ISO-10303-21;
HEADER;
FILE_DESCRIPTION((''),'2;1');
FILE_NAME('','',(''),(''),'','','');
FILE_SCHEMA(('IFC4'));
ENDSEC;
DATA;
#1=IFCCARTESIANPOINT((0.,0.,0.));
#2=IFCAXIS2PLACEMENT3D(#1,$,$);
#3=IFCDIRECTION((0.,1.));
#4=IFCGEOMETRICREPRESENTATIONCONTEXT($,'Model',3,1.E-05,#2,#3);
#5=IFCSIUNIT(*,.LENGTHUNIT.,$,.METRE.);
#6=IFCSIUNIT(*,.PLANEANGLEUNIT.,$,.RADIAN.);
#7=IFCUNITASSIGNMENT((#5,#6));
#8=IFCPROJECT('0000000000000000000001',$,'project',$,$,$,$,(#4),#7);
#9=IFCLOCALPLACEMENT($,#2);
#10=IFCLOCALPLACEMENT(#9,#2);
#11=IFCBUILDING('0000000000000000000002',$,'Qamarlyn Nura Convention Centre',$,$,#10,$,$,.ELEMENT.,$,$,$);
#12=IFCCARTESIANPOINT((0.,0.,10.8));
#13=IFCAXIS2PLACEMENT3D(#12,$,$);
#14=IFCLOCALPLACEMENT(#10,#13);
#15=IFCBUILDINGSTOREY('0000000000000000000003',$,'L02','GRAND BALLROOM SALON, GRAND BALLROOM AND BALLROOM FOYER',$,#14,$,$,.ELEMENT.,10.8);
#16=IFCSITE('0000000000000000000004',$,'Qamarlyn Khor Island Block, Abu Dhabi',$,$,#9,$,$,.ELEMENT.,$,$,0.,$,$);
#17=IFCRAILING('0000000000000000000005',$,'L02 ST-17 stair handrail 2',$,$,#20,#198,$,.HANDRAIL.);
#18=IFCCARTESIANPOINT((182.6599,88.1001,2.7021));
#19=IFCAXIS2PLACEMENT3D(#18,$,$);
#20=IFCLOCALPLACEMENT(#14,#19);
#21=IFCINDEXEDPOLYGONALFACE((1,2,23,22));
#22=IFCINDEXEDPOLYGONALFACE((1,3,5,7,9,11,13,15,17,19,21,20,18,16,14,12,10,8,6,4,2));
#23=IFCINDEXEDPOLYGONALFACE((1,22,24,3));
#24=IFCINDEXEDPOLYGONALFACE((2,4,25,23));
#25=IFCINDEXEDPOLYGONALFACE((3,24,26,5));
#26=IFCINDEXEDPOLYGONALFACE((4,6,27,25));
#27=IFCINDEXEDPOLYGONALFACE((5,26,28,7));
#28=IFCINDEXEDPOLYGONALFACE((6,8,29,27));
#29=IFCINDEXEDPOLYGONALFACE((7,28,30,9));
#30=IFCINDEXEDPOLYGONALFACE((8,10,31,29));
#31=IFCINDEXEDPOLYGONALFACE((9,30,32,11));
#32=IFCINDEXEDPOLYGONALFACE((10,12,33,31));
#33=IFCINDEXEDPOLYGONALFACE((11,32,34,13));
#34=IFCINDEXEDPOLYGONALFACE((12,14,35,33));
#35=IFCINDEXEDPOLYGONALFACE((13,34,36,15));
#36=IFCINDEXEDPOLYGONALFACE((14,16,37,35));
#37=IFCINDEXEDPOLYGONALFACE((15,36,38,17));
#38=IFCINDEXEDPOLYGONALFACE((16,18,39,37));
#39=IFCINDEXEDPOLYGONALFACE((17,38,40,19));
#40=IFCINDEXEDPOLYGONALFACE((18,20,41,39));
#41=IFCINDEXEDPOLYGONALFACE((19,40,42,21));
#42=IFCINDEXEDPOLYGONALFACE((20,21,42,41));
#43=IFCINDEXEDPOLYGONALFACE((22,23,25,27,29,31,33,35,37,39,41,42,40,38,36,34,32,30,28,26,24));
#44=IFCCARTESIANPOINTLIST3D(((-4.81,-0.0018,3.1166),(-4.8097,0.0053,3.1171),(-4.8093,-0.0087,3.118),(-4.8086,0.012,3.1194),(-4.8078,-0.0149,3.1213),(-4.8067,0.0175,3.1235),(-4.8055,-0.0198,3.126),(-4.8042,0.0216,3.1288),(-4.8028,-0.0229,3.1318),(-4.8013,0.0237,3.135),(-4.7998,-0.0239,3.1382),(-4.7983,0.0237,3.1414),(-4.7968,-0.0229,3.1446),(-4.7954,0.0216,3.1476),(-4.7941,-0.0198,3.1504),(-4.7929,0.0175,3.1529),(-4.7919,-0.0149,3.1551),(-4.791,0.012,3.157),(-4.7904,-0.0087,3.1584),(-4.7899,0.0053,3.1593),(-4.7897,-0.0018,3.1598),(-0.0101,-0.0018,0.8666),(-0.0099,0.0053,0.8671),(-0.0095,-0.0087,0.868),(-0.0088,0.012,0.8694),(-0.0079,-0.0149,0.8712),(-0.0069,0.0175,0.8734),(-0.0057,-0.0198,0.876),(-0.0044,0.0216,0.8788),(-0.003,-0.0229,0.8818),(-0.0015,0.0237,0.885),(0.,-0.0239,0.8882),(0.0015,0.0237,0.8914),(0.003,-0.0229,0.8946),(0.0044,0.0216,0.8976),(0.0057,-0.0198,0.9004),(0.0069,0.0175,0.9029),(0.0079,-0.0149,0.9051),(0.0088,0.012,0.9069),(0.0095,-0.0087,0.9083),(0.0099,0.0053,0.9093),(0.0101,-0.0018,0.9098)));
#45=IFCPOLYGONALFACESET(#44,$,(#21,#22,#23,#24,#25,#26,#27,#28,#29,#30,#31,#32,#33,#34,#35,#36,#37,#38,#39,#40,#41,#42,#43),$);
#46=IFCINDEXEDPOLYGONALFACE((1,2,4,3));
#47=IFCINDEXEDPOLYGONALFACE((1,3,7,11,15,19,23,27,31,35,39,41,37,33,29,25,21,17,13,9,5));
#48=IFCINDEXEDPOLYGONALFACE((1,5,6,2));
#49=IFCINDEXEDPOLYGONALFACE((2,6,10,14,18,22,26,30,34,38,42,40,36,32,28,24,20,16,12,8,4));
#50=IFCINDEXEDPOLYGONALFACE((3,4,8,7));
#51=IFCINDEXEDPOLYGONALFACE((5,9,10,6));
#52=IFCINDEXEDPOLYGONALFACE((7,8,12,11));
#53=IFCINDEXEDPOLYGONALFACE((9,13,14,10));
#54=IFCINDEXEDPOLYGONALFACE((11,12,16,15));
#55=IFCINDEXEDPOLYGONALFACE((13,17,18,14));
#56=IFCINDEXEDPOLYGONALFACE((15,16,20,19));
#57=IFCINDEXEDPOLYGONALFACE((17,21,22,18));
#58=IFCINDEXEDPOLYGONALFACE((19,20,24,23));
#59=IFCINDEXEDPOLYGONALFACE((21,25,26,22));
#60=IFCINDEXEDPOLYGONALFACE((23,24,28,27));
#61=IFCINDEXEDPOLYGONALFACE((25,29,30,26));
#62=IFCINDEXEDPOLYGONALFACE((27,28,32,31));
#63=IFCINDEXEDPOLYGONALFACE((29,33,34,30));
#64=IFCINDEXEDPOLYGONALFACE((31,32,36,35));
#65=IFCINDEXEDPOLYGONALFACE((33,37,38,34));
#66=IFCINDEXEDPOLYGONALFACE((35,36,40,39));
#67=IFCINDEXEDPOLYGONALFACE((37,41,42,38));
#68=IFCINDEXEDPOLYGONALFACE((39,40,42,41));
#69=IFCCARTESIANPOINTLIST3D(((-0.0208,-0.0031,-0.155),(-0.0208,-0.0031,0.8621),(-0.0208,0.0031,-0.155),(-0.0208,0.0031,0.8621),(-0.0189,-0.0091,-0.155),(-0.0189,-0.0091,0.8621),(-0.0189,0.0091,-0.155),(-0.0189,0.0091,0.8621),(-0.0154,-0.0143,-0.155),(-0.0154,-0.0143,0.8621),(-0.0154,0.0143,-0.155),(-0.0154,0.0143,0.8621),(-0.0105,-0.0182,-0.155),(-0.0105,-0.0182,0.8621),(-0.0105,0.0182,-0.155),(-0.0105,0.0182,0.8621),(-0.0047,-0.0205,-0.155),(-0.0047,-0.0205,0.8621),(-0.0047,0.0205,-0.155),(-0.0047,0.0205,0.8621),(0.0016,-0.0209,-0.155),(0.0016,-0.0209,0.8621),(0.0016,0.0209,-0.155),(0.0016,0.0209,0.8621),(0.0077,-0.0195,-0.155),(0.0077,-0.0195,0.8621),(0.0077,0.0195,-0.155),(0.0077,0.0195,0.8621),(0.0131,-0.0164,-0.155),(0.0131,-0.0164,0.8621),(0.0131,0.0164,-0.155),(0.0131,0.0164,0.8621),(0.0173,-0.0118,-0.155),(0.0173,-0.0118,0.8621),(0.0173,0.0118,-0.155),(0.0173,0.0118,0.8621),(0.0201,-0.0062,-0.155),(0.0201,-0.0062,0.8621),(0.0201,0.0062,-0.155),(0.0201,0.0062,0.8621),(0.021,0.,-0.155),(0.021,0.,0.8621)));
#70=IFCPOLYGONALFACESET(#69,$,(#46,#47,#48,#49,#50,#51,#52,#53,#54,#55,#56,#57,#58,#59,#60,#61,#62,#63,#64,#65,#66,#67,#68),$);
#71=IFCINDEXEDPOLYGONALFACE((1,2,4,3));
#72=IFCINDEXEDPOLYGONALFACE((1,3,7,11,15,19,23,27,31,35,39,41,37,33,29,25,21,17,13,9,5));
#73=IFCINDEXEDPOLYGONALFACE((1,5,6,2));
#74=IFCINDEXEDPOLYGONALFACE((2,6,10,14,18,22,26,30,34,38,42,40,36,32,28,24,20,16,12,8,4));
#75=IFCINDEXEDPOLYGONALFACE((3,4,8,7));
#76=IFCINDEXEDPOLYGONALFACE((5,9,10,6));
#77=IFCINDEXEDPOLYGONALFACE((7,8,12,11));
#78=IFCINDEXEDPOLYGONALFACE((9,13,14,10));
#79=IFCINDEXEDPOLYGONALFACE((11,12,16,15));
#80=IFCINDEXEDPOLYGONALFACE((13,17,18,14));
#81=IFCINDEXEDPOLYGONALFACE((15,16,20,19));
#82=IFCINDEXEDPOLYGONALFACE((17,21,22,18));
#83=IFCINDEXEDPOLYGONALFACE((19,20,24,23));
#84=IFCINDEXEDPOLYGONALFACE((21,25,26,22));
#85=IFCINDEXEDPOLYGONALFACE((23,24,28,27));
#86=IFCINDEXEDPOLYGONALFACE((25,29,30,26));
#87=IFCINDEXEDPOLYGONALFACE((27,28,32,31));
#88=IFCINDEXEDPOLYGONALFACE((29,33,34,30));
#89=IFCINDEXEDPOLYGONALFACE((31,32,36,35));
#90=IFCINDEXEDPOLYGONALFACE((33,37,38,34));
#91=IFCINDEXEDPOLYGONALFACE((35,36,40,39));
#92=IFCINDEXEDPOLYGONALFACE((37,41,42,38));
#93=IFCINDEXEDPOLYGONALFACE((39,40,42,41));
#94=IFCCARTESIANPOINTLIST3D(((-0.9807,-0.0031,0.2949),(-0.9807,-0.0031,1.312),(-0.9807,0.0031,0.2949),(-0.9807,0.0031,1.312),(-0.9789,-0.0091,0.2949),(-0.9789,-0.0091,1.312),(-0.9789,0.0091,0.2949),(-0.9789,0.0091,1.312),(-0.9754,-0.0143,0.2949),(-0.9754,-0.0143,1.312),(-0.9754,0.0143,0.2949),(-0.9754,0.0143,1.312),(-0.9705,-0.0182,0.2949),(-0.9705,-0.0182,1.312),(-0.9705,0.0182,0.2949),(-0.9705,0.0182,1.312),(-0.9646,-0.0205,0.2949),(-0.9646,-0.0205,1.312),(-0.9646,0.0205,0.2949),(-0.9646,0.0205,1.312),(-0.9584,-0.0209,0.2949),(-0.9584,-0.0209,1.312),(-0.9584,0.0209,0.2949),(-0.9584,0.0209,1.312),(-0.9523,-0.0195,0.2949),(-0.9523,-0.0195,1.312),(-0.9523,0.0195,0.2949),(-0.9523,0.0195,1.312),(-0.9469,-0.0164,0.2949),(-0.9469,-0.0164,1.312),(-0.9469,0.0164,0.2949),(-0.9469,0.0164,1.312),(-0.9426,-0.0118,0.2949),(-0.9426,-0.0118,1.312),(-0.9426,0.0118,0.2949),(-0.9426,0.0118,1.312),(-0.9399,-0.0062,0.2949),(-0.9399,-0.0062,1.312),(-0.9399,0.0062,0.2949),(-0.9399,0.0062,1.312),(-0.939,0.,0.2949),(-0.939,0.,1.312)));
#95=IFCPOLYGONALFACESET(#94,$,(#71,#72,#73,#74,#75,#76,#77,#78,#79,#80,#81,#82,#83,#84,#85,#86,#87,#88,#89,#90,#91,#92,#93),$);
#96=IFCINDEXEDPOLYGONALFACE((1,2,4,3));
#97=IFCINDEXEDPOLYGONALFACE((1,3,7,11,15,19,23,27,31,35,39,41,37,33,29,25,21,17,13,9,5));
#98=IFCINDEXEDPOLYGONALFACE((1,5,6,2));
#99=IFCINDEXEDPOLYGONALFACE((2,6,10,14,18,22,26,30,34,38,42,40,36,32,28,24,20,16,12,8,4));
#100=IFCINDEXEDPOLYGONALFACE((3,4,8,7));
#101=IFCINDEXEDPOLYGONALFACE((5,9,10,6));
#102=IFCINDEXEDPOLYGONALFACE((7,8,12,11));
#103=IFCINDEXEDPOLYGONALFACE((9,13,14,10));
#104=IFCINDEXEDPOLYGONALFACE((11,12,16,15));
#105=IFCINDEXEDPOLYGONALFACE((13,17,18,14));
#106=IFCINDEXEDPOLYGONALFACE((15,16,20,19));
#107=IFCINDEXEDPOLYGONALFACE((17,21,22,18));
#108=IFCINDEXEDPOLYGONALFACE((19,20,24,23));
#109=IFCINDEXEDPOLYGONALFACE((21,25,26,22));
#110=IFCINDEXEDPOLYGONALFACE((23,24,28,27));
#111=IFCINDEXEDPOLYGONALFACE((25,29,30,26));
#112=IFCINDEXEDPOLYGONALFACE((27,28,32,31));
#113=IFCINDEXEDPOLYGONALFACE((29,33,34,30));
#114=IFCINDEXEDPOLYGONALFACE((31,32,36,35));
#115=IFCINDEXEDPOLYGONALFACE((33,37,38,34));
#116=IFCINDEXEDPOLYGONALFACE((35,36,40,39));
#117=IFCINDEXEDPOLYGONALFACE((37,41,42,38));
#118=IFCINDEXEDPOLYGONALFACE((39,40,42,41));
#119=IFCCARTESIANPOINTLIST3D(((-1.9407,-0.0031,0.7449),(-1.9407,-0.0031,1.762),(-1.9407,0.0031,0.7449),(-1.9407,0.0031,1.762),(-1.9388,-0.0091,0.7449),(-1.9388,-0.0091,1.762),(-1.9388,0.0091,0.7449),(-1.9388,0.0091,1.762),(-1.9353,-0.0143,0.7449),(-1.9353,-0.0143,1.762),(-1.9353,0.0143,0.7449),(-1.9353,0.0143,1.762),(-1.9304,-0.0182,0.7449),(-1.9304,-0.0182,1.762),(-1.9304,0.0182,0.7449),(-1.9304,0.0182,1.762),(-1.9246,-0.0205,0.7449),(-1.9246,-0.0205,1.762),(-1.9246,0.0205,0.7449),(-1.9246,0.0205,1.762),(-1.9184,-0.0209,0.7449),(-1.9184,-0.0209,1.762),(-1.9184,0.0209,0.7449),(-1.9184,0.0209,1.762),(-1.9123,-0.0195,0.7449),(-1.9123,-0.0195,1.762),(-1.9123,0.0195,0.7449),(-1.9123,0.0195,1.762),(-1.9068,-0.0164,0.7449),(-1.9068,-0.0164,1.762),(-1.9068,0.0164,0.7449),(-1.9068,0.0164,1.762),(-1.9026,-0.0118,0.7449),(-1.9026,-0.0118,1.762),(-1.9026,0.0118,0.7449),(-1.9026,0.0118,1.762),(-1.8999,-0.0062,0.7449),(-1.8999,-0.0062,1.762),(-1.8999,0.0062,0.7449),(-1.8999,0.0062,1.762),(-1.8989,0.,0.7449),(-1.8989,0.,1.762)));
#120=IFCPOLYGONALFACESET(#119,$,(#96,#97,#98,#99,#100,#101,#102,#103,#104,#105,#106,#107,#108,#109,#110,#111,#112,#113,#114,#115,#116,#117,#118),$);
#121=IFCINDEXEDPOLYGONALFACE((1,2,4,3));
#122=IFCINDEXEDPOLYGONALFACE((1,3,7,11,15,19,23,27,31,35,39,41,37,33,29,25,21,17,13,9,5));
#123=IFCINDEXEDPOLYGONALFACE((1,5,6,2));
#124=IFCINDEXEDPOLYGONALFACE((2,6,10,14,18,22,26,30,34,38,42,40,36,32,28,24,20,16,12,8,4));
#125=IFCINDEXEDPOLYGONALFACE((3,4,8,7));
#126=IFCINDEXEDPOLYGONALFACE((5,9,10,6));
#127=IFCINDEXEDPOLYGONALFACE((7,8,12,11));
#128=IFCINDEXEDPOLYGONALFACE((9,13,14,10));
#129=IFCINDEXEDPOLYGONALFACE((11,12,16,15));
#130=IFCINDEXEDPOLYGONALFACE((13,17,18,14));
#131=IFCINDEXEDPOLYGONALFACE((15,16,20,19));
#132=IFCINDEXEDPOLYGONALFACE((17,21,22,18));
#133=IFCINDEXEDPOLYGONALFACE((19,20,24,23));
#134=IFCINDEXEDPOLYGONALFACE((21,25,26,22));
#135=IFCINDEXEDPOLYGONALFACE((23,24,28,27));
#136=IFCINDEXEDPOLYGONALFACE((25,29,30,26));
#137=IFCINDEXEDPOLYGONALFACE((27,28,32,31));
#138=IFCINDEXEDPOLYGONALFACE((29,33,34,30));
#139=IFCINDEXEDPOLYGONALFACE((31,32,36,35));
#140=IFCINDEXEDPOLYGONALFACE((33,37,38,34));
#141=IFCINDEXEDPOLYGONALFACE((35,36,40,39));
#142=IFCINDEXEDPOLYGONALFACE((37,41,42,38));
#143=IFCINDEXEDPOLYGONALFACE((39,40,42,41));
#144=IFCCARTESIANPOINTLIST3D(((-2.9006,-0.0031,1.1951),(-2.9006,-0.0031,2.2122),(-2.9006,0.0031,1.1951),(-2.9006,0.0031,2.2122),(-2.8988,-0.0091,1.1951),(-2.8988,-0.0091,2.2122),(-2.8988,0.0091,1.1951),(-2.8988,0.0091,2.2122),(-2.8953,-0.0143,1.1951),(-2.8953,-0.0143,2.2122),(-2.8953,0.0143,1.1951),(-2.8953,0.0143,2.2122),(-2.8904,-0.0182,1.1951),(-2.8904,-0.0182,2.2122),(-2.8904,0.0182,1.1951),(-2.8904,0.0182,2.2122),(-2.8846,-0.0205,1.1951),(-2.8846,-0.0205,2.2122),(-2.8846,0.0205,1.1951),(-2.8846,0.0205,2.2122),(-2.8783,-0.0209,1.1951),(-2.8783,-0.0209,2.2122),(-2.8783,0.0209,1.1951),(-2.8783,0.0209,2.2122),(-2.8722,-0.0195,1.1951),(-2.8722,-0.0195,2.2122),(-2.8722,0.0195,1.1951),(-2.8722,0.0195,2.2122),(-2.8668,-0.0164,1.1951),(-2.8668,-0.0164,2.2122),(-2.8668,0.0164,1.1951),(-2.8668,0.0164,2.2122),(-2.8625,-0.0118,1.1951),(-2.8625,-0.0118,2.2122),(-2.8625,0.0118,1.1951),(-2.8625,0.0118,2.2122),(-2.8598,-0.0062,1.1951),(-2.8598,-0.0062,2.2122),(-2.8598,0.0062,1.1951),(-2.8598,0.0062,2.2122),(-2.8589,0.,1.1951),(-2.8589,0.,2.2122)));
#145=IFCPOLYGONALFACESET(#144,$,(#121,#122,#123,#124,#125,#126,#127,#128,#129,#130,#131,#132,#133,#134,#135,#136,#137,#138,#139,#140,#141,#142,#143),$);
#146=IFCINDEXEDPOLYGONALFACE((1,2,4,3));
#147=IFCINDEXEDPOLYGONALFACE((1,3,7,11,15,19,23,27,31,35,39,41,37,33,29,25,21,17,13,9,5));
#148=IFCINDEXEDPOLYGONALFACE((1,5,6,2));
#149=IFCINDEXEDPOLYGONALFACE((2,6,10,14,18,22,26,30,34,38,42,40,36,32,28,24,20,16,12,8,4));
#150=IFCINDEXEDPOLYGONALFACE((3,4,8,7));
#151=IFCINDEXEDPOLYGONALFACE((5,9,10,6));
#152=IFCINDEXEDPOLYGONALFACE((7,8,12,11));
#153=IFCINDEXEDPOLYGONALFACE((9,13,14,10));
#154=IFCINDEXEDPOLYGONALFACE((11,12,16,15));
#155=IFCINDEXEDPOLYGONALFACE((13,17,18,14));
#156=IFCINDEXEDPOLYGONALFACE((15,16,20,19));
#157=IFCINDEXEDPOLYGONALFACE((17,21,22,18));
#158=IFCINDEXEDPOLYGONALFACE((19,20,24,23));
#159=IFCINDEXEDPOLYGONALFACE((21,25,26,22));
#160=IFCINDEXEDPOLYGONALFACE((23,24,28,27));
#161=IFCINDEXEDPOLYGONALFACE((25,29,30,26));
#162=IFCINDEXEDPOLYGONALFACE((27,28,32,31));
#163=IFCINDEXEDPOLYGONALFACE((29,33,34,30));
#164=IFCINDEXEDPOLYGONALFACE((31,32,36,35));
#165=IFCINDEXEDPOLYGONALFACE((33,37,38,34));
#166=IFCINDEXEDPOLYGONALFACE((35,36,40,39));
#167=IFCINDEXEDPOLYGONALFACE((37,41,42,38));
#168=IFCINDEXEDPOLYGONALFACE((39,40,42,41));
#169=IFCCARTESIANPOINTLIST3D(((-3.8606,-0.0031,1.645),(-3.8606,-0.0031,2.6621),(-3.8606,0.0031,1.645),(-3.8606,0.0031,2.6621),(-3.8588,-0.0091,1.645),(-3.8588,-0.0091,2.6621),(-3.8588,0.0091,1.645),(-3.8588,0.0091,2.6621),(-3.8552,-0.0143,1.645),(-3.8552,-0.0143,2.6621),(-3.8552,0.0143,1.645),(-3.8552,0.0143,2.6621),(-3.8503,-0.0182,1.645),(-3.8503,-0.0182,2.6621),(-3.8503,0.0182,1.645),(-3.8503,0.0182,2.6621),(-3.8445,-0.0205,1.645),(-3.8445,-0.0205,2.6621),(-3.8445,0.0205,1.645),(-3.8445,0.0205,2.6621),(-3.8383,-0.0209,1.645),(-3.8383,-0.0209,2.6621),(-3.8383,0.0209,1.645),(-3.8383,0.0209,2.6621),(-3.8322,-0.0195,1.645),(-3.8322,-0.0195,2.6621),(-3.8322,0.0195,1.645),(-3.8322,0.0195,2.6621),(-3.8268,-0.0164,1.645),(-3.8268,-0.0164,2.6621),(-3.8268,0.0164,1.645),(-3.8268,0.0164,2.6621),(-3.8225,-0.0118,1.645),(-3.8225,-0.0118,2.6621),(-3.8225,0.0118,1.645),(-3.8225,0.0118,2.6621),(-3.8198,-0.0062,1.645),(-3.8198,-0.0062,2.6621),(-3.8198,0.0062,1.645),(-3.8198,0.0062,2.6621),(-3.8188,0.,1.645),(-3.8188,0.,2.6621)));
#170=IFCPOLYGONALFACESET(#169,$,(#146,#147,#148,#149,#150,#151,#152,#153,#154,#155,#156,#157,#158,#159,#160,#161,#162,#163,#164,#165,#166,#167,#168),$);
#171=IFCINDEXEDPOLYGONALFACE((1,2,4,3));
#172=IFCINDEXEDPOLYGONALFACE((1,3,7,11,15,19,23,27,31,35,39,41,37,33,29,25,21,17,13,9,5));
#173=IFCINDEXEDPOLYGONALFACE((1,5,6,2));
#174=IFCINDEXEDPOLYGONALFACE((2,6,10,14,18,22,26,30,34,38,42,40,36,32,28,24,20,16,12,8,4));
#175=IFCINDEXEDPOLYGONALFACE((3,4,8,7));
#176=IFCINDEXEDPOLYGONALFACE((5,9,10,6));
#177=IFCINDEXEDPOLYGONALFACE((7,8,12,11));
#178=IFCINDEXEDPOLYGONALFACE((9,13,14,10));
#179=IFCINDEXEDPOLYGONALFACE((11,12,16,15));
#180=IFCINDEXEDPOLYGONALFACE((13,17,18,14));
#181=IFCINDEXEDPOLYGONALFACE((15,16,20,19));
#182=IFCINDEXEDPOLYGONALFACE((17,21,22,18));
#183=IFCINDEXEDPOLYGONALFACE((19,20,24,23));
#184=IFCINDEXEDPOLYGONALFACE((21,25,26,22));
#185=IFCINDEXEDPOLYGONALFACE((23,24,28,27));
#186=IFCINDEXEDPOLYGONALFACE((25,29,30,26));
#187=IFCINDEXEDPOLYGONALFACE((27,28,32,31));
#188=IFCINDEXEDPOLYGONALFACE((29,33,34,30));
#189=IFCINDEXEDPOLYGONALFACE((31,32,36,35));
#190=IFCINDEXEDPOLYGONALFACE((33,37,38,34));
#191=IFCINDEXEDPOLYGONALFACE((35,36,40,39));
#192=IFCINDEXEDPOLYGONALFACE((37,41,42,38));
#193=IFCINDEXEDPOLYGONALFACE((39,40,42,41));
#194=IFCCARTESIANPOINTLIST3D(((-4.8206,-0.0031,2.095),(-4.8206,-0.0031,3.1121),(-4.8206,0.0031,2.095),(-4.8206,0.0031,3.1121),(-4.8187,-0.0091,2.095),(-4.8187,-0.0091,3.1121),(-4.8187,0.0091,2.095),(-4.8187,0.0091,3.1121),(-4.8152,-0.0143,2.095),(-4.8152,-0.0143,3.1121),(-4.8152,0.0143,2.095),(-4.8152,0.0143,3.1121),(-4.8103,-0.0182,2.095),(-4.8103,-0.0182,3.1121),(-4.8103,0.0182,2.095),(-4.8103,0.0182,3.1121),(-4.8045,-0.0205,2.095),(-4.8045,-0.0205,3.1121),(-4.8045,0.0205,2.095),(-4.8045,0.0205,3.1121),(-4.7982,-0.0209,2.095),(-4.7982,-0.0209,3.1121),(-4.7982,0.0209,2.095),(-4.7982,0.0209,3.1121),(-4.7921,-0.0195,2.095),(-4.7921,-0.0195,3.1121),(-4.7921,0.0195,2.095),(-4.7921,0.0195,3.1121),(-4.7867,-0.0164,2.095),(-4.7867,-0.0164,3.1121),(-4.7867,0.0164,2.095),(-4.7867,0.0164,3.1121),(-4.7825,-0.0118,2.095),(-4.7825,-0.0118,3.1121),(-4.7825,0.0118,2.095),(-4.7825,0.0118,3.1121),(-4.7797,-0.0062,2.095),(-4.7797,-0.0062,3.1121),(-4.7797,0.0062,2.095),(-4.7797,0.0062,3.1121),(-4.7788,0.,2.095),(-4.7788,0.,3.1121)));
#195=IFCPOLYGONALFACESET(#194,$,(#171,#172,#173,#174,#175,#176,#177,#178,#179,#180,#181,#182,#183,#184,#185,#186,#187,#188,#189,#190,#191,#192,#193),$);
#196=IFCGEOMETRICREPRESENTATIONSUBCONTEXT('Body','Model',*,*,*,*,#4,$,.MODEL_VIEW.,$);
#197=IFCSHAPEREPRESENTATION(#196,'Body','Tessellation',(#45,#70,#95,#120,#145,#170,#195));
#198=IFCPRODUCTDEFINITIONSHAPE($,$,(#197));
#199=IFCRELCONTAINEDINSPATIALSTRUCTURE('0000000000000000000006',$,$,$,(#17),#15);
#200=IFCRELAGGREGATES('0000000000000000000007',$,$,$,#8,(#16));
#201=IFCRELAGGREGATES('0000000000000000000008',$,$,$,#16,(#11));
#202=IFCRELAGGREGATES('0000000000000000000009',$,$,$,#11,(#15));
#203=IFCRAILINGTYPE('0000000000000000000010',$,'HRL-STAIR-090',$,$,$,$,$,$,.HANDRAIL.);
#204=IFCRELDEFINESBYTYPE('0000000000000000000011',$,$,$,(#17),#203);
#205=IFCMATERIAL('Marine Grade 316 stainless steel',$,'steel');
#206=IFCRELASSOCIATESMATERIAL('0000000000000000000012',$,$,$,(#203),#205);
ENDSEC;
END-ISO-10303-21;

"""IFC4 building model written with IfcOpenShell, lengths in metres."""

from ifc_helpers import new_model, si_unit, direction, frame, origin, origin_2d, place, context, subcontext, project, spatial, circle, extrude, material, type_object, element, save


model = new_model("IFC4")

# Units and contexts
model_context = context("Model", 3, precision=1e-05, world=origin(), true_north=direction((0.0, 1.0)))
body_context = subcontext(model_context, "Body", "Model", "MODEL_VIEW")
ifc_project = project(units=[si_unit("LENGTHUNIT", "METRE"), si_unit("PLANEANGLEUNIT", "RADIAN")], contexts=[model_context])

# Site, building, storey
site_placement = place(None, origin())
site = spatial("IfcSite", under=ifc_project, at=site_placement, Name="Qamarlyn Khor Island Block, Abu Dhabi", CompositionType="ELEMENT", RefElevation=0.0)
building_placement = place(site_placement, origin())
building = spatial("IfcBuilding", under=site, at=building_placement, Name="Qamarlyn Nura Convention Centre", CompositionType="ELEMENT")
storey_placement = place(building_placement, frame((0.0, 0.0, 10.8)))
storey = spatial("IfcBuildingStorey", under=building, at=storey_placement, Name="L02", Description="GRAND BALLROOM SALON, GRAND BALLROOM AND BALLROOM FOYER", CompositionType="ELEMENT", Elevation=10.8)

# Railing
ifc_material_1 = material(Name="Marine Grade 316 stainless steel", Category="steel")
railing_type = type_object("IfcRailingType", Name="HRL-STAIR-090", PredefinedType="HANDRAIL", material=ifc_material_1)
railing_placement = place(storey_placement, frame((182.6599, 88.1001, 2.7021)))
element("IfcRailing", 1, at=railing_placement, inside=storey, type_object=railing_type, Name="L02 ST-17 stair handrail 2", PredefinedType="HANDRAIL", context=body_context, shape_type="SweptSolid", body=[
    extrude(circle(Radius=0.0239, at=origin_2d()), frame((0.0, 0.0, 0.8882), z_axis=(-0.905452, 0.0, 0.424448), x_axis=(0.0, -1.0, 0.0)), (0.0, 0.0, 1.0), 5.301),
    extrude(circle(Radius=0.021, at=origin_2d()), frame((0.0, 0.0, -0.155)), (0.0, 0.0, 1.0), 1.0171),
    extrude(circle(Radius=0.021, at=origin_2d()), frame((-0.96, 0.0, 0.2949)), (0.0, 0.0, 1.0), 1.0171),
    extrude(circle(Radius=0.021, at=origin_2d()), frame((-1.9199, 0.0, 0.7449)), (0.0, 0.0, 1.0), 1.0171),
    extrude(circle(Radius=0.021, at=origin_2d()), frame((-2.8799, 0.0, 1.1951)), (0.0, 0.0, 1.0), 1.0171),
    extrude(circle(Radius=0.021, at=origin_2d()), frame((-3.8398, 0.0, 1.645)), (0.0, 0.0, 1.0), 1.0171),
    extrude(circle(Radius=0.021, at=origin_2d()), frame((-4.7998, 0.0, 2.095)), (0.0, 0.0, 1.0), 1.0171),
])

save(model, "model.ifc")
